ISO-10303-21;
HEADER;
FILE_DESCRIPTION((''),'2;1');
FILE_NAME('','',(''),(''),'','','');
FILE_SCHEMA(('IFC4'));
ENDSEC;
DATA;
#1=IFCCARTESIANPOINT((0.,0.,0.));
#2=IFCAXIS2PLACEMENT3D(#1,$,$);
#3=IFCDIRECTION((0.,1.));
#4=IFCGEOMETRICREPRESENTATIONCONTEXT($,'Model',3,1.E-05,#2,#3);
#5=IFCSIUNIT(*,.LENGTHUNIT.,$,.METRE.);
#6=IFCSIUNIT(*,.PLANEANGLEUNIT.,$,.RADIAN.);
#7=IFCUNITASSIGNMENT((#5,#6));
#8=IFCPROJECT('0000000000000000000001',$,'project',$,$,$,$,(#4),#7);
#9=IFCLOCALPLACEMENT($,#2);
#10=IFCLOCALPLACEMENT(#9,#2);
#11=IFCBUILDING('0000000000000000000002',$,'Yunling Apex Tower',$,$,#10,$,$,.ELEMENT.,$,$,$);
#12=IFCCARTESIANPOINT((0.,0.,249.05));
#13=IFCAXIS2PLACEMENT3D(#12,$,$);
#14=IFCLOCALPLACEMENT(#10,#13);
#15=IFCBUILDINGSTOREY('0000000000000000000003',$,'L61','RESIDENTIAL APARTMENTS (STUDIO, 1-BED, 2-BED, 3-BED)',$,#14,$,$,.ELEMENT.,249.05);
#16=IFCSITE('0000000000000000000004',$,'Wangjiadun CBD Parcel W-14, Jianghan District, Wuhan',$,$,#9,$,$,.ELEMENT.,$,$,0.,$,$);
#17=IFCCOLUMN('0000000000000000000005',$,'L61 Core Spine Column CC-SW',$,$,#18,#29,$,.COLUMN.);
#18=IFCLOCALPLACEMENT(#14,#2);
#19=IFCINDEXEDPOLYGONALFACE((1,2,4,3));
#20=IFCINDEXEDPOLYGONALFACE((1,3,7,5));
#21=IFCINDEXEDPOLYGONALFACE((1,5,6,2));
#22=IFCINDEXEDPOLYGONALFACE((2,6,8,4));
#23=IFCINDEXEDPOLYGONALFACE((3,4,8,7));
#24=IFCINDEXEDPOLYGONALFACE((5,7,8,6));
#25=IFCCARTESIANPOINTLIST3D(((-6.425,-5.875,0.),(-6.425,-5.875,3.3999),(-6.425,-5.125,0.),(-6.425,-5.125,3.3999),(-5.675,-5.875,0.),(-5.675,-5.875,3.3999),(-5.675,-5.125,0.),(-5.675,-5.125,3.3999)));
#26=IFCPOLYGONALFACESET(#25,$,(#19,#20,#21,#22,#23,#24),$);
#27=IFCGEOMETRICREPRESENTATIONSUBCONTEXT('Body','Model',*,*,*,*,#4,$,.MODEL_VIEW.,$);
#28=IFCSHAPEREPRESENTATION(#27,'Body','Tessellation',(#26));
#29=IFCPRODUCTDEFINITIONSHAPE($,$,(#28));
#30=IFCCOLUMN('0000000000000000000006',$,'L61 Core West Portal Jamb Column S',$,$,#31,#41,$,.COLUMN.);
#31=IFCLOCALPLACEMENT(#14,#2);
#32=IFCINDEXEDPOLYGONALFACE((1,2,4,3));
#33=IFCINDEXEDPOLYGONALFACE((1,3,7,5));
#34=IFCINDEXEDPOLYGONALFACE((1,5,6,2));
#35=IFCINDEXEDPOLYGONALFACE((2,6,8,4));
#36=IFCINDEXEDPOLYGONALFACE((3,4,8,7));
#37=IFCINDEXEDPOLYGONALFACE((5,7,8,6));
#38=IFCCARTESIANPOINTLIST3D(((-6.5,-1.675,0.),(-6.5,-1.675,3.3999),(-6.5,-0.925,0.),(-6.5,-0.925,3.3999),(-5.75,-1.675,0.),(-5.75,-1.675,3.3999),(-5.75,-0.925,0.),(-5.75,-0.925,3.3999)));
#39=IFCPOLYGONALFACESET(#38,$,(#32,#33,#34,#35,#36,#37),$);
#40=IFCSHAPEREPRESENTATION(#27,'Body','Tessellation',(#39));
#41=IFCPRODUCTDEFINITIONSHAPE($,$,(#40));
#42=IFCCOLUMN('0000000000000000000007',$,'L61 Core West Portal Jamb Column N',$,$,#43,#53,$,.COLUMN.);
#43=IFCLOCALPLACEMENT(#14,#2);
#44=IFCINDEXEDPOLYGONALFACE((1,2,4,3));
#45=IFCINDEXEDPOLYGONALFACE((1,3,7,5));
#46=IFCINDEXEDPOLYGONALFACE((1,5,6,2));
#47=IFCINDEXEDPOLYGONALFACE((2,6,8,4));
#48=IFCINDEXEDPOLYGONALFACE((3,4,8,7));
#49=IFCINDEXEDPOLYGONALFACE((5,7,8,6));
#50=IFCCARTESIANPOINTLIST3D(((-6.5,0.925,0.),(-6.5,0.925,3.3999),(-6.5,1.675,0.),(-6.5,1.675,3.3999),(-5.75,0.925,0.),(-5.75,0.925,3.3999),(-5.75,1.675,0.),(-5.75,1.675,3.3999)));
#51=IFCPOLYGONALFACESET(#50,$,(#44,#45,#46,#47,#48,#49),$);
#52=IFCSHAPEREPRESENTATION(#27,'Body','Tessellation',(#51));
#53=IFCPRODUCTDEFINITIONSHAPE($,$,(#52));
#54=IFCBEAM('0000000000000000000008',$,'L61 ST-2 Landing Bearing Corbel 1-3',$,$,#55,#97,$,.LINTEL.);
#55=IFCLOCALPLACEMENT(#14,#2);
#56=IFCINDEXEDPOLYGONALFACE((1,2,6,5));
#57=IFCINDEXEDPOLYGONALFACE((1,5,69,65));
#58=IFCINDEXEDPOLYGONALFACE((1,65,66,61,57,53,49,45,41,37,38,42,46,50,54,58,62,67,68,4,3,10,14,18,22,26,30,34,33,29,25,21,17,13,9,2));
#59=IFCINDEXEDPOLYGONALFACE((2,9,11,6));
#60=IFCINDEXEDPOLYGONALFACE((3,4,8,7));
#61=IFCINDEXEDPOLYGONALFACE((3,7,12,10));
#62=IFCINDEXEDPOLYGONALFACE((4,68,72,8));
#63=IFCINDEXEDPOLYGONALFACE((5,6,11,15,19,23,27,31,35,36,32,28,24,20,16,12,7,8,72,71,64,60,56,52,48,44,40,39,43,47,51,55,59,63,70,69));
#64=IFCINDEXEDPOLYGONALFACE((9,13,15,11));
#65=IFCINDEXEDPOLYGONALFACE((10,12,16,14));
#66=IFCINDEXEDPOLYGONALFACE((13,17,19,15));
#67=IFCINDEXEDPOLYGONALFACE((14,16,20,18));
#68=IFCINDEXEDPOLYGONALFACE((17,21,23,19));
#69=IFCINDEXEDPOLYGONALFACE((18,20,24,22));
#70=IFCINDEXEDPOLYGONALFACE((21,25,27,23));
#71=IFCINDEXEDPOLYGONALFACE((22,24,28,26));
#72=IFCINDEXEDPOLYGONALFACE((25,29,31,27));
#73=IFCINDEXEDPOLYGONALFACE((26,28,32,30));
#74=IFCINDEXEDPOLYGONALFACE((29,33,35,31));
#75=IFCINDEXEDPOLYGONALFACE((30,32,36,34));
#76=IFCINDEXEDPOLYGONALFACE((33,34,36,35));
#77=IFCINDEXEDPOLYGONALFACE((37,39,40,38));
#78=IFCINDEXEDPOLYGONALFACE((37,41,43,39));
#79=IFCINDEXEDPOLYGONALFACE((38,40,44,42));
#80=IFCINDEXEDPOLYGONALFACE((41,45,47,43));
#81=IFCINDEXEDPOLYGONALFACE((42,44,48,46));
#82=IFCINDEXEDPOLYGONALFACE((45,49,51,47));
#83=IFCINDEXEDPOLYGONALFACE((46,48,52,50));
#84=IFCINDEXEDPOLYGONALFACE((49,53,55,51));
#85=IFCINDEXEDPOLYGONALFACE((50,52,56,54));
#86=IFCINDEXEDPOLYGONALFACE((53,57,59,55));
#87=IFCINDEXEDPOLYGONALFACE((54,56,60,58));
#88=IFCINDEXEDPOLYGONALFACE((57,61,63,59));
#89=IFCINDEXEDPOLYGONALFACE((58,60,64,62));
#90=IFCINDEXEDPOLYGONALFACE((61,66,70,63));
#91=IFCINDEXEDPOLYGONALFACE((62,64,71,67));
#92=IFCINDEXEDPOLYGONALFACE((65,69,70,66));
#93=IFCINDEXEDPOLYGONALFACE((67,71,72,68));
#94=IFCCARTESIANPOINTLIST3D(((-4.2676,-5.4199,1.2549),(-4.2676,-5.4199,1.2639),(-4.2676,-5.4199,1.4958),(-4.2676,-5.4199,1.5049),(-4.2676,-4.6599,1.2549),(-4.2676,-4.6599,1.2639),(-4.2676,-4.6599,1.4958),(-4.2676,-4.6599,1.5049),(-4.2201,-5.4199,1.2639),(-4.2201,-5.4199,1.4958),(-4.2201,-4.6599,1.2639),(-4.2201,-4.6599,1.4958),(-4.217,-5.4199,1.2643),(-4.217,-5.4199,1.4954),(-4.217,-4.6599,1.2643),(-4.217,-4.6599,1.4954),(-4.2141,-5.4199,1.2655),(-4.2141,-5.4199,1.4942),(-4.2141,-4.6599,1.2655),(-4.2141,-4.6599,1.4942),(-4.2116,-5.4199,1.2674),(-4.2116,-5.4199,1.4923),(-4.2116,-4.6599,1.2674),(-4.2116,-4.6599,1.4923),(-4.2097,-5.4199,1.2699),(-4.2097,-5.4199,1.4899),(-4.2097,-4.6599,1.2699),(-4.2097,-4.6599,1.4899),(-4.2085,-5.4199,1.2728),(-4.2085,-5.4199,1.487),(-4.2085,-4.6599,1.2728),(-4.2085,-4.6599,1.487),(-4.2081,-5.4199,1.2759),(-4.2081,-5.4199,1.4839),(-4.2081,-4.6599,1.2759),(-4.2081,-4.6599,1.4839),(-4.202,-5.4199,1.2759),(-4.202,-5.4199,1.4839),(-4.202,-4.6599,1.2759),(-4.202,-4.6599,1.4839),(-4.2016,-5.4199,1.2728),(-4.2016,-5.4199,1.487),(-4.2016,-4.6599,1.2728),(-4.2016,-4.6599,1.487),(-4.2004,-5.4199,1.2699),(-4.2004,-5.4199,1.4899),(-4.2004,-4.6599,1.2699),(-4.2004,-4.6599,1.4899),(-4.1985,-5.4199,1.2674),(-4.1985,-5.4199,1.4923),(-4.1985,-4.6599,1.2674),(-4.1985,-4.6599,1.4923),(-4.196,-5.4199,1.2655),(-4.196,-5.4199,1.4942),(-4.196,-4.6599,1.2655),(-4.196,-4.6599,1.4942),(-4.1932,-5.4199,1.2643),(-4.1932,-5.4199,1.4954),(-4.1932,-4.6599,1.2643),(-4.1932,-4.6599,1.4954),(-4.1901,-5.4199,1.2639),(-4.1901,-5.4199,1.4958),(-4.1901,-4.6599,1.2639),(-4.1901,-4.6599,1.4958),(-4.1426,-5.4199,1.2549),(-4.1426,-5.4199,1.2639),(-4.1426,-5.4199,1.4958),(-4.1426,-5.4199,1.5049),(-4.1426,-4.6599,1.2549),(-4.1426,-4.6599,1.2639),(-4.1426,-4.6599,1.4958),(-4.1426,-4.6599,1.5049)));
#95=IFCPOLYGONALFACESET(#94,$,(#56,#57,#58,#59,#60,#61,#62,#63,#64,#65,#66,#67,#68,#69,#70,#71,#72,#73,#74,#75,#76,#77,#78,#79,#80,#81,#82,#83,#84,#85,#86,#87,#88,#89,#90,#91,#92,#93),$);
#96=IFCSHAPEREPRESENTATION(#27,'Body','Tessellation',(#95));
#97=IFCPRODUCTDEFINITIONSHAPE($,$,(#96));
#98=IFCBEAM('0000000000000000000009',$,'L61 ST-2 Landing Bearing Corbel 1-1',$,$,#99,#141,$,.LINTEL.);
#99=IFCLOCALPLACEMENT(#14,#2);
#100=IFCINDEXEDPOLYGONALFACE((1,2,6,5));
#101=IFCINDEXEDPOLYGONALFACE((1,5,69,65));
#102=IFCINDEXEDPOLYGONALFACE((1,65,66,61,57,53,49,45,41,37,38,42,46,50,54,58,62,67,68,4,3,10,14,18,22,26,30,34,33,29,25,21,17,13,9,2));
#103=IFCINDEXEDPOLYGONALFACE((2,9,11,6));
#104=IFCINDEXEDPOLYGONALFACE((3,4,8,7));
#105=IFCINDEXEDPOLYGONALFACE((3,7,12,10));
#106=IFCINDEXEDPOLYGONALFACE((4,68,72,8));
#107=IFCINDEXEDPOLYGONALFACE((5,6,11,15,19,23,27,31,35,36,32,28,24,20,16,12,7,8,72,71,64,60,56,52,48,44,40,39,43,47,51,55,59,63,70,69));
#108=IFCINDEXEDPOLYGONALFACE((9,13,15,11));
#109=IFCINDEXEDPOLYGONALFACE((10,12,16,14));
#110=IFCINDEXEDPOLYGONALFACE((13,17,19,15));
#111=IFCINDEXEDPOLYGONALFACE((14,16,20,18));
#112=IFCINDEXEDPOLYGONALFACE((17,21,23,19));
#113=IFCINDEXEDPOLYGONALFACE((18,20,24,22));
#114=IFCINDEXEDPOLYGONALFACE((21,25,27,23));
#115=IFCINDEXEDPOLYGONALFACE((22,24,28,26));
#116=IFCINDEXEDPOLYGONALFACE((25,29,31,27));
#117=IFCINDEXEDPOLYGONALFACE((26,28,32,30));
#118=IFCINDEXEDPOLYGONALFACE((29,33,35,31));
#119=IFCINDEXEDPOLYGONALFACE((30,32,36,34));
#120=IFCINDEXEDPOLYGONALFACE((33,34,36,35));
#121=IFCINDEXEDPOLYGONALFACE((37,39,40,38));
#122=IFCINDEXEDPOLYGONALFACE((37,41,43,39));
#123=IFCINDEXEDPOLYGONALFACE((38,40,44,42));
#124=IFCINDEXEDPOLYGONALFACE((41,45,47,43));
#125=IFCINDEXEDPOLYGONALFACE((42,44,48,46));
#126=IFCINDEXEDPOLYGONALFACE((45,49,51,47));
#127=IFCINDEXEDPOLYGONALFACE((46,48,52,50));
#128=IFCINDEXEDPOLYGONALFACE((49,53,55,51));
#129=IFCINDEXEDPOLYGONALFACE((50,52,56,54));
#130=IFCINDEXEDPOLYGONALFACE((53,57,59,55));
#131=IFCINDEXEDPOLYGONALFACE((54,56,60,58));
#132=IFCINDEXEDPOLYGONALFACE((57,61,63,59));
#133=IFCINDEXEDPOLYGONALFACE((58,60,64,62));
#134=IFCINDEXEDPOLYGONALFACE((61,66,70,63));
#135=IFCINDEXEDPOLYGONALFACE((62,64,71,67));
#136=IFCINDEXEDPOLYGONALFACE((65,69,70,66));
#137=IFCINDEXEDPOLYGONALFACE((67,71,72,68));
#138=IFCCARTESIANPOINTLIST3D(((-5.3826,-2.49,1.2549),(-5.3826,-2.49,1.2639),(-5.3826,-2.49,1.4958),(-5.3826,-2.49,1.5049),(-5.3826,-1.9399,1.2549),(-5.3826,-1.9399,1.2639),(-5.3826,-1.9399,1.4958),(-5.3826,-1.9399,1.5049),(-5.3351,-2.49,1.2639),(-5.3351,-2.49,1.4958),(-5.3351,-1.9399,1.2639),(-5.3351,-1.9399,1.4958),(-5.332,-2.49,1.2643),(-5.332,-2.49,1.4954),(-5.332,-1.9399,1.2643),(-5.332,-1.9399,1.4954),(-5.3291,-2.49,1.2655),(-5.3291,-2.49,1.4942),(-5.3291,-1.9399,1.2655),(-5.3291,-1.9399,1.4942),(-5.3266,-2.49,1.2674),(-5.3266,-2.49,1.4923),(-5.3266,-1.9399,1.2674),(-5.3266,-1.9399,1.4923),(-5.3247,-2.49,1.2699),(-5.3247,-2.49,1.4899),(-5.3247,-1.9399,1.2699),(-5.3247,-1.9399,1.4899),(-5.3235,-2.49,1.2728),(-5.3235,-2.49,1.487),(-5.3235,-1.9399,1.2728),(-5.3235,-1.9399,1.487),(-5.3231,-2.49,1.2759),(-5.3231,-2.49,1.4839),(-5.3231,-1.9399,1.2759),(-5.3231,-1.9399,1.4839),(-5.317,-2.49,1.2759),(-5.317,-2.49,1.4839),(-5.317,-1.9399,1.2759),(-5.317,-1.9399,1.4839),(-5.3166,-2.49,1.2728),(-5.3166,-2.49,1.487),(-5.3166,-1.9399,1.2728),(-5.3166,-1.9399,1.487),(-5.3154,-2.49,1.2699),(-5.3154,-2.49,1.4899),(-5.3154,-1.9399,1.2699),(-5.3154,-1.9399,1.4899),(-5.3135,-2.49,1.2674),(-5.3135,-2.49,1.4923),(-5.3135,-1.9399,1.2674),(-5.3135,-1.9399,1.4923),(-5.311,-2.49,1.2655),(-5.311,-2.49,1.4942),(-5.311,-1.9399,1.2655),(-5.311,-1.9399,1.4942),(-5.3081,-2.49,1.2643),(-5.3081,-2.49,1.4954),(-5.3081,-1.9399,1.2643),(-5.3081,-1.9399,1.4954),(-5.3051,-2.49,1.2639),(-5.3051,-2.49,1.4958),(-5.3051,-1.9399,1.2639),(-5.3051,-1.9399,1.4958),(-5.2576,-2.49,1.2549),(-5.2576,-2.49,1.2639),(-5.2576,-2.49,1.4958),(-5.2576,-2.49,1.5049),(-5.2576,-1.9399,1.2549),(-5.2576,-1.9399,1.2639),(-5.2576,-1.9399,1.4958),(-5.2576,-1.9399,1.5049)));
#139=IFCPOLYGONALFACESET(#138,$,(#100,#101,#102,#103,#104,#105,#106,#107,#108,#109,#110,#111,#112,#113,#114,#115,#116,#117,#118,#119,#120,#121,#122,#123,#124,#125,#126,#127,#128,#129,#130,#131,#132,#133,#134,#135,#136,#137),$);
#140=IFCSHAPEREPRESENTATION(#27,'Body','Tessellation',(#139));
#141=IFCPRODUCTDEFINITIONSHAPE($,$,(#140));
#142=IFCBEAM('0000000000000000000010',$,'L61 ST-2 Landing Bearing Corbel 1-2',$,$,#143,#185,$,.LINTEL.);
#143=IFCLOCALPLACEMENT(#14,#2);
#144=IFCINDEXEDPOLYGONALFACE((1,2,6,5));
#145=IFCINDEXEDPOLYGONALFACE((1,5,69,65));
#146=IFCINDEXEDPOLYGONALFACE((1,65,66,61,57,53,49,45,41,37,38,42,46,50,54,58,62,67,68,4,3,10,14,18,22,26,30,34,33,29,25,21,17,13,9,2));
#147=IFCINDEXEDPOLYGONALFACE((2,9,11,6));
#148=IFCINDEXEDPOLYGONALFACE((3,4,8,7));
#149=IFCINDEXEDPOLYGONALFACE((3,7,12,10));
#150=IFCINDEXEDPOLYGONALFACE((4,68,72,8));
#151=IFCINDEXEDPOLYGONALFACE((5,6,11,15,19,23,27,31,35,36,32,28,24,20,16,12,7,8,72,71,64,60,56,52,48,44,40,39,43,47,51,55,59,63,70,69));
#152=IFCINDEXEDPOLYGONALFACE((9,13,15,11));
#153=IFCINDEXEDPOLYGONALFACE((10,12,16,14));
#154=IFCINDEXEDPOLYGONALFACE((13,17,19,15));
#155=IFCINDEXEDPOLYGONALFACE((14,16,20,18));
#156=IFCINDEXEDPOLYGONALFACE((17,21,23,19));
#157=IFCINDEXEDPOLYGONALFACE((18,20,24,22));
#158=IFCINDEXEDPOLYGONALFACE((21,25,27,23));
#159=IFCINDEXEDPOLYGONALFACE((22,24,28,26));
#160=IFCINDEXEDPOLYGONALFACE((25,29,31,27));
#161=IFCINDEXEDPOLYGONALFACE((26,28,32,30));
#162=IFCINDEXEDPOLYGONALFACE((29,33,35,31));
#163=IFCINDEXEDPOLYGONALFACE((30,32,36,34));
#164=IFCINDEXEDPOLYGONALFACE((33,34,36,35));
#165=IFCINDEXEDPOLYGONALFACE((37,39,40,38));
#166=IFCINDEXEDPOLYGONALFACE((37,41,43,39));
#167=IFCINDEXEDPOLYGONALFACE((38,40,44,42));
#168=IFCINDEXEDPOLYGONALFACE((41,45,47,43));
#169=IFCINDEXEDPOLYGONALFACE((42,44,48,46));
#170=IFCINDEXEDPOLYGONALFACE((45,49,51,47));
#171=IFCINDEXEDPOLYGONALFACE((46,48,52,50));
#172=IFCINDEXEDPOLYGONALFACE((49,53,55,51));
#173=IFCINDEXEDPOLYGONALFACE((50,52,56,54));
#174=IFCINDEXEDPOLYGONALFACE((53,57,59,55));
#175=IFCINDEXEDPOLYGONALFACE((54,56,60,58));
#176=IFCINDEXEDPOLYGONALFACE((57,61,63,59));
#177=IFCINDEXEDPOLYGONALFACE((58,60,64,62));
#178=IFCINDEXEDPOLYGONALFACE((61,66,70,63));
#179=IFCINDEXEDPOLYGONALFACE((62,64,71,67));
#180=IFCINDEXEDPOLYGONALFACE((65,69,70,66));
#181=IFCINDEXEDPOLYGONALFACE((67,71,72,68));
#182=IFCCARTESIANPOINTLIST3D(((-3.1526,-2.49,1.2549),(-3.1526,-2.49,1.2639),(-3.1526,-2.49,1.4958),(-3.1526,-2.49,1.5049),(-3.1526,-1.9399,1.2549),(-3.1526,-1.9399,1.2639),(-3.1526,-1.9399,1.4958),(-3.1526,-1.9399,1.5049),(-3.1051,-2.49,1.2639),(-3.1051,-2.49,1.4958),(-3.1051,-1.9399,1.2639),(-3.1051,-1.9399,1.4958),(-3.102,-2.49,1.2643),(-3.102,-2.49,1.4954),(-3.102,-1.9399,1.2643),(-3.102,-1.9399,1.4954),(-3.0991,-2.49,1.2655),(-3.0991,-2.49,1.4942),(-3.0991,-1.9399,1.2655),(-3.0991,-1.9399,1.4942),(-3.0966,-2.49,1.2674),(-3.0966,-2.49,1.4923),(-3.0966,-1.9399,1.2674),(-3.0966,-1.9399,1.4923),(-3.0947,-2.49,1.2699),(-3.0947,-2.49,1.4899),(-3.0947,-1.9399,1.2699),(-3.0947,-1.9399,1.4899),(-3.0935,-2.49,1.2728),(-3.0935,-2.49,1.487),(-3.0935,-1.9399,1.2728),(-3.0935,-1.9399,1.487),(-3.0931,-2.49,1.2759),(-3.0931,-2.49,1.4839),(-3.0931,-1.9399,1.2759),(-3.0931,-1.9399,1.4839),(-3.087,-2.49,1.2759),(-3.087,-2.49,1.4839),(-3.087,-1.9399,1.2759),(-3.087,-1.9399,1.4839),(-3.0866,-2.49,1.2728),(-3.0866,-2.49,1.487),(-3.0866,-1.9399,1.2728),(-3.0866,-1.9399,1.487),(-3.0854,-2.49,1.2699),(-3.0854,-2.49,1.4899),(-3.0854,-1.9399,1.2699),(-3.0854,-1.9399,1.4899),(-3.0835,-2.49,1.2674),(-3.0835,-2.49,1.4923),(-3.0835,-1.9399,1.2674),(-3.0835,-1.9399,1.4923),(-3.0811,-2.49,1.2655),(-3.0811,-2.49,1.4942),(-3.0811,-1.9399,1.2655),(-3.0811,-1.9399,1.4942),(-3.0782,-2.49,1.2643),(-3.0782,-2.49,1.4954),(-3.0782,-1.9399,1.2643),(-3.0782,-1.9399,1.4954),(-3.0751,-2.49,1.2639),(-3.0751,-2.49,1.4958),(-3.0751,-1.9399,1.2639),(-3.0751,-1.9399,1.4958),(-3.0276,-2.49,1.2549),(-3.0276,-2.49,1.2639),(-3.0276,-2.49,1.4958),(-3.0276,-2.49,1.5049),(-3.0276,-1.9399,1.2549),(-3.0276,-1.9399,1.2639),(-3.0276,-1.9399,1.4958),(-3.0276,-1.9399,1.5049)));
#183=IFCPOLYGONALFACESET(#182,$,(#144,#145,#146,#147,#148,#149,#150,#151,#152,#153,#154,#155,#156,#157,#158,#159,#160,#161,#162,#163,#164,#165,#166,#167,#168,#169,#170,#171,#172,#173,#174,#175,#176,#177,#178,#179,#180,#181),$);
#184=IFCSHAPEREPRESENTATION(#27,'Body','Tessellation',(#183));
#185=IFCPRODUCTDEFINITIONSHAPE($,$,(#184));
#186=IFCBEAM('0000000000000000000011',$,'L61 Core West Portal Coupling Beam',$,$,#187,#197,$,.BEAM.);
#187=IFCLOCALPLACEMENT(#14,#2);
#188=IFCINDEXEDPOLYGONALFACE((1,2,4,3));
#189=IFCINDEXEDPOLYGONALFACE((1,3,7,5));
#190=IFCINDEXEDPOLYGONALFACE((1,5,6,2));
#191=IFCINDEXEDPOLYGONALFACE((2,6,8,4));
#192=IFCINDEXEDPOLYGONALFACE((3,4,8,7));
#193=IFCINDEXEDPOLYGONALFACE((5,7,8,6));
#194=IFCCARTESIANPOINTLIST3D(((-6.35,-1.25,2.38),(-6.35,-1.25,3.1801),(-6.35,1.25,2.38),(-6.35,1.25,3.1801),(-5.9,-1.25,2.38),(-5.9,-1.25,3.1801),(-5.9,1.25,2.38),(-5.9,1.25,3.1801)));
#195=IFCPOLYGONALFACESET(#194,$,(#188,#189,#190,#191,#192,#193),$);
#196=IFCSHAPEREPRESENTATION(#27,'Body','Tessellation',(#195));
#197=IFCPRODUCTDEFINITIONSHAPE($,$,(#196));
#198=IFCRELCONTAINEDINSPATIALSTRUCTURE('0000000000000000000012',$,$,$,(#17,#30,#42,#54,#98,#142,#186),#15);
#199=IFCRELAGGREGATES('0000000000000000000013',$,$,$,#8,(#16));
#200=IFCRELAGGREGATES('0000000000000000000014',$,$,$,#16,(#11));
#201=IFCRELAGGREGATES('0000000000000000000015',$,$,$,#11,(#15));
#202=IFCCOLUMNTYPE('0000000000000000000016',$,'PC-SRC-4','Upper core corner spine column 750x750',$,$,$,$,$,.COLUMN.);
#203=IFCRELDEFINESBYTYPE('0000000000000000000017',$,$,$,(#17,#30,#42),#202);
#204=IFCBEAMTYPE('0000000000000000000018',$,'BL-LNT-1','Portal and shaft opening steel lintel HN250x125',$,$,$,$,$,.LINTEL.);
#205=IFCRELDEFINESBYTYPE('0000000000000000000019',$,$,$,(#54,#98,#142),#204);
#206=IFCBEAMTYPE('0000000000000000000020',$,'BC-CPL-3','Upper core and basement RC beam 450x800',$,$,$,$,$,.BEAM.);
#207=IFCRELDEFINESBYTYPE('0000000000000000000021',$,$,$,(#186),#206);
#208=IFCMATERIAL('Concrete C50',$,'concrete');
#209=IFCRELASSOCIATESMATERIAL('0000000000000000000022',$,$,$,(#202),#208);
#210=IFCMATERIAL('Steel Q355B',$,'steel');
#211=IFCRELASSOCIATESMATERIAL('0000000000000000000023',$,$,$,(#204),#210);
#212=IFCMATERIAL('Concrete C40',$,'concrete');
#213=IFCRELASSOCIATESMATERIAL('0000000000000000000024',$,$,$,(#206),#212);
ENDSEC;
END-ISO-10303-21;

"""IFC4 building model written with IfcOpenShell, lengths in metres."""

from ifc_helpers import new_model, si_unit, direction, frame, origin, origin_2d, place, context, subcontext, project, spatial, rectangle, i_section, extrude, source, transform, mapped, material, material_profile, profile_set, type_object, element, save


model = new_model("IFC4")

# Units and contexts
model_context = context("Model", 3, precision=1e-05, world=origin(), true_north=direction((0.0, 1.0)))
body_context = subcontext(model_context, "Body", "Model", "MODEL_VIEW")
ifc_project = project(units=[si_unit("LENGTHUNIT", "METRE"), si_unit("PLANEANGLEUNIT", "RADIAN")], contexts=[model_context])

# Site, building, storey
site_placement = place(None, origin())
site = spatial("IfcSite", under=ifc_project, at=site_placement, Name="Wangjiadun CBD Parcel W-14, Jianghan District, Wuhan", CompositionType="ELEMENT", RefElevation=0.0)
building_placement = place(site_placement, origin())
building = spatial("IfcBuilding", under=site, at=building_placement, Name="Yunling Apex Tower", CompositionType="ELEMENT")
storey_placement = place(building_placement, frame((0.0, 0.0, 249.05)))
storey = spatial("IfcBuildingStorey", under=building, at=storey_placement, Name="L61", Description="RESIDENTIAL APARTMENTS (STUDIO, 1-BED, 2-BED, 3-BED)", CompositionType="ELEMENT", Elevation=249.05)

# Columns
ifc_material_1 = material(Name="Concrete C50", Category="concrete")
ifc_material_profile_1 = material_profile(ifc_material_1, rectangle(XDim=0.75, YDim=0.75, at=origin_2d()))
ifc_profile_set_1 = profile_set([ifc_material_profile_1], Name="Concrete C50")
column_type = type_object("IfcColumnType", Name="PC-SRC-4", Description="Upper core corner spine column 750x750", PredefinedType="COLUMN", material=ifc_profile_set_1)
shared_shape_1 = source(origin(), body_context, "Body", "SweptSolid", [
    extrude(rectangle(XDim=0.75, YDim=0.75, at=origin_2d()), origin(), (0.0, 0.0, 1.0), 3.3999),
])
for number, where, z_axis, x_axis, name in (
    (1, (-6.05, -5.5, 0.0), (0.0, 0.0, 1.0), (1.0, 0.0, 0.0), "L61 Core Spine Column CC-SW"),
    (2, (-6.125, -1.3, 0.0), (0.0, 0.0, 1.0), (1.0, 0.0, 0.0), "L61 Core West Portal Jamb Column S"),
    (3, (-6.125, 1.3, 0.0), (0.0, 0.0, 1.0), (1.0, 0.0, 0.0), "L61 Core West Portal Jamb Column N"),
):
    element("IfcColumn", number, at=place(storey_placement, frame(where, z_axis=z_axis, x_axis=x_axis)), inside=storey, type_object=column_type, Name=name, PredefinedType="COLUMN", context=body_context, shape_type="MappedRepresentation", body=[
        mapped(shared_shape_1, transform((0.0, 0.0, 0.0), scale=1.0)),
    ])

# Beams
ifc_material_2 = material(Name="Steel Q355B", Category="steel")
ifc_material_profile_2 = material_profile(ifc_material_2, i_section(OverallWidth=0.125, OverallDepth=0.25, WebThickness=0.0061, FlangeThickness=0.009, FilletRadius=0.012, at=origin_2d()))
ifc_profile_set_2 = profile_set([ifc_material_profile_2], Name="Steel Q355B")
beam_type_1 = type_object("IfcBeamType", Name="BL-LNT-1", Description="Portal and shaft opening steel lintel HN250x125", PredefinedType="LINTEL", material=ifc_profile_set_2)
shared_shape_2 = source(origin(), body_context, "Body", "SweptSolid", [
    extrude(i_section(OverallWidth=0.125, OverallDepth=0.25, WebThickness=0.0061, FlangeThickness=0.009, FilletRadius=0.012, at=origin_2d()), origin(), (0.0, 0.0, 1.0), 0.76),
])
beam_1_placement = place(storey_placement, frame((-4.2051, -5.4199, 1.3799), z_axis=(0.0, 1.0, 0.0), x_axis=(-1.0, 0.0, 0.0)))
element("IfcBeam", 4, at=beam_1_placement, inside=storey, type_object=beam_type_1, Name="L61 ST-2 Landing Bearing Corbel 1-3", PredefinedType="LINTEL", context=body_context, shape_type="MappedRepresentation", body=[
    mapped(shared_shape_2, transform((0.0, 0.0, 0.0), scale=1.0)),
])
shared_shape_3 = source(origin(), body_context, "Body", "SweptSolid", [
    extrude(i_section(OverallWidth=0.125, OverallDepth=0.25, WebThickness=0.0061, FlangeThickness=0.009, FilletRadius=0.012, at=origin_2d()), origin(), (0.0, 0.0, 1.0), 0.55),
])
for number, where, z_axis, x_axis, name in (
    (5, (-5.3201, -1.9399, 1.3799), (0.0, -1.0, 0.0), (1.0, 0.0, 0.0), "L61 ST-2 Landing Bearing Corbel 1-1"),
    (6, (-3.0901, -1.9399, 1.3799), (0.0, -1.0, 0.0), (1.0, 0.0, 0.0), "L61 ST-2 Landing Bearing Corbel 1-2"),
):
    element("IfcBeam", number, at=place(storey_placement, frame(where, z_axis=z_axis, x_axis=x_axis)), inside=storey, type_object=beam_type_1, Name=name, PredefinedType="LINTEL", context=body_context, shape_type="MappedRepresentation", body=[
        mapped(shared_shape_3, transform((0.0, 0.0, 0.0), scale=1.0)),
    ])
ifc_material_3 = material(Name="Concrete C40", Category="concrete")
ifc_material_profile_3 = material_profile(ifc_material_3, rectangle(XDim=0.45, YDim=0.8, at=origin_2d()))
ifc_profile_set_3 = profile_set([ifc_material_profile_3], Name="Concrete C40")
beam_type_2 = type_object("IfcBeamType", Name="BC-CPL-3", Description="Upper core and basement RC beam 450x800", PredefinedType="BEAM", material=ifc_profile_set_3)
shared_shape_4 = source(origin(), body_context, "Body", "SweptSolid", [
    extrude(rectangle(XDim=0.45, YDim=0.8, at=origin_2d()), origin(), (0.0, 0.0, 1.0), 2.5),
])
beam_2_placement = place(storey_placement, frame((-6.125, -1.25, 2.78), z_axis=(0.0, 1.0, 0.0), x_axis=(-1.0, 0.0, 0.0)))
element("IfcBeam", 7, at=beam_2_placement, inside=storey, type_object=beam_type_2, Name="L61 Core West Portal Coupling Beam", PredefinedType="BEAM", context=body_context, shape_type="MappedRepresentation", body=[
    mapped(shared_shape_4, transform((0.0, 0.0, 0.0), scale=1.0)),
])

save(model, "model.ifc")
